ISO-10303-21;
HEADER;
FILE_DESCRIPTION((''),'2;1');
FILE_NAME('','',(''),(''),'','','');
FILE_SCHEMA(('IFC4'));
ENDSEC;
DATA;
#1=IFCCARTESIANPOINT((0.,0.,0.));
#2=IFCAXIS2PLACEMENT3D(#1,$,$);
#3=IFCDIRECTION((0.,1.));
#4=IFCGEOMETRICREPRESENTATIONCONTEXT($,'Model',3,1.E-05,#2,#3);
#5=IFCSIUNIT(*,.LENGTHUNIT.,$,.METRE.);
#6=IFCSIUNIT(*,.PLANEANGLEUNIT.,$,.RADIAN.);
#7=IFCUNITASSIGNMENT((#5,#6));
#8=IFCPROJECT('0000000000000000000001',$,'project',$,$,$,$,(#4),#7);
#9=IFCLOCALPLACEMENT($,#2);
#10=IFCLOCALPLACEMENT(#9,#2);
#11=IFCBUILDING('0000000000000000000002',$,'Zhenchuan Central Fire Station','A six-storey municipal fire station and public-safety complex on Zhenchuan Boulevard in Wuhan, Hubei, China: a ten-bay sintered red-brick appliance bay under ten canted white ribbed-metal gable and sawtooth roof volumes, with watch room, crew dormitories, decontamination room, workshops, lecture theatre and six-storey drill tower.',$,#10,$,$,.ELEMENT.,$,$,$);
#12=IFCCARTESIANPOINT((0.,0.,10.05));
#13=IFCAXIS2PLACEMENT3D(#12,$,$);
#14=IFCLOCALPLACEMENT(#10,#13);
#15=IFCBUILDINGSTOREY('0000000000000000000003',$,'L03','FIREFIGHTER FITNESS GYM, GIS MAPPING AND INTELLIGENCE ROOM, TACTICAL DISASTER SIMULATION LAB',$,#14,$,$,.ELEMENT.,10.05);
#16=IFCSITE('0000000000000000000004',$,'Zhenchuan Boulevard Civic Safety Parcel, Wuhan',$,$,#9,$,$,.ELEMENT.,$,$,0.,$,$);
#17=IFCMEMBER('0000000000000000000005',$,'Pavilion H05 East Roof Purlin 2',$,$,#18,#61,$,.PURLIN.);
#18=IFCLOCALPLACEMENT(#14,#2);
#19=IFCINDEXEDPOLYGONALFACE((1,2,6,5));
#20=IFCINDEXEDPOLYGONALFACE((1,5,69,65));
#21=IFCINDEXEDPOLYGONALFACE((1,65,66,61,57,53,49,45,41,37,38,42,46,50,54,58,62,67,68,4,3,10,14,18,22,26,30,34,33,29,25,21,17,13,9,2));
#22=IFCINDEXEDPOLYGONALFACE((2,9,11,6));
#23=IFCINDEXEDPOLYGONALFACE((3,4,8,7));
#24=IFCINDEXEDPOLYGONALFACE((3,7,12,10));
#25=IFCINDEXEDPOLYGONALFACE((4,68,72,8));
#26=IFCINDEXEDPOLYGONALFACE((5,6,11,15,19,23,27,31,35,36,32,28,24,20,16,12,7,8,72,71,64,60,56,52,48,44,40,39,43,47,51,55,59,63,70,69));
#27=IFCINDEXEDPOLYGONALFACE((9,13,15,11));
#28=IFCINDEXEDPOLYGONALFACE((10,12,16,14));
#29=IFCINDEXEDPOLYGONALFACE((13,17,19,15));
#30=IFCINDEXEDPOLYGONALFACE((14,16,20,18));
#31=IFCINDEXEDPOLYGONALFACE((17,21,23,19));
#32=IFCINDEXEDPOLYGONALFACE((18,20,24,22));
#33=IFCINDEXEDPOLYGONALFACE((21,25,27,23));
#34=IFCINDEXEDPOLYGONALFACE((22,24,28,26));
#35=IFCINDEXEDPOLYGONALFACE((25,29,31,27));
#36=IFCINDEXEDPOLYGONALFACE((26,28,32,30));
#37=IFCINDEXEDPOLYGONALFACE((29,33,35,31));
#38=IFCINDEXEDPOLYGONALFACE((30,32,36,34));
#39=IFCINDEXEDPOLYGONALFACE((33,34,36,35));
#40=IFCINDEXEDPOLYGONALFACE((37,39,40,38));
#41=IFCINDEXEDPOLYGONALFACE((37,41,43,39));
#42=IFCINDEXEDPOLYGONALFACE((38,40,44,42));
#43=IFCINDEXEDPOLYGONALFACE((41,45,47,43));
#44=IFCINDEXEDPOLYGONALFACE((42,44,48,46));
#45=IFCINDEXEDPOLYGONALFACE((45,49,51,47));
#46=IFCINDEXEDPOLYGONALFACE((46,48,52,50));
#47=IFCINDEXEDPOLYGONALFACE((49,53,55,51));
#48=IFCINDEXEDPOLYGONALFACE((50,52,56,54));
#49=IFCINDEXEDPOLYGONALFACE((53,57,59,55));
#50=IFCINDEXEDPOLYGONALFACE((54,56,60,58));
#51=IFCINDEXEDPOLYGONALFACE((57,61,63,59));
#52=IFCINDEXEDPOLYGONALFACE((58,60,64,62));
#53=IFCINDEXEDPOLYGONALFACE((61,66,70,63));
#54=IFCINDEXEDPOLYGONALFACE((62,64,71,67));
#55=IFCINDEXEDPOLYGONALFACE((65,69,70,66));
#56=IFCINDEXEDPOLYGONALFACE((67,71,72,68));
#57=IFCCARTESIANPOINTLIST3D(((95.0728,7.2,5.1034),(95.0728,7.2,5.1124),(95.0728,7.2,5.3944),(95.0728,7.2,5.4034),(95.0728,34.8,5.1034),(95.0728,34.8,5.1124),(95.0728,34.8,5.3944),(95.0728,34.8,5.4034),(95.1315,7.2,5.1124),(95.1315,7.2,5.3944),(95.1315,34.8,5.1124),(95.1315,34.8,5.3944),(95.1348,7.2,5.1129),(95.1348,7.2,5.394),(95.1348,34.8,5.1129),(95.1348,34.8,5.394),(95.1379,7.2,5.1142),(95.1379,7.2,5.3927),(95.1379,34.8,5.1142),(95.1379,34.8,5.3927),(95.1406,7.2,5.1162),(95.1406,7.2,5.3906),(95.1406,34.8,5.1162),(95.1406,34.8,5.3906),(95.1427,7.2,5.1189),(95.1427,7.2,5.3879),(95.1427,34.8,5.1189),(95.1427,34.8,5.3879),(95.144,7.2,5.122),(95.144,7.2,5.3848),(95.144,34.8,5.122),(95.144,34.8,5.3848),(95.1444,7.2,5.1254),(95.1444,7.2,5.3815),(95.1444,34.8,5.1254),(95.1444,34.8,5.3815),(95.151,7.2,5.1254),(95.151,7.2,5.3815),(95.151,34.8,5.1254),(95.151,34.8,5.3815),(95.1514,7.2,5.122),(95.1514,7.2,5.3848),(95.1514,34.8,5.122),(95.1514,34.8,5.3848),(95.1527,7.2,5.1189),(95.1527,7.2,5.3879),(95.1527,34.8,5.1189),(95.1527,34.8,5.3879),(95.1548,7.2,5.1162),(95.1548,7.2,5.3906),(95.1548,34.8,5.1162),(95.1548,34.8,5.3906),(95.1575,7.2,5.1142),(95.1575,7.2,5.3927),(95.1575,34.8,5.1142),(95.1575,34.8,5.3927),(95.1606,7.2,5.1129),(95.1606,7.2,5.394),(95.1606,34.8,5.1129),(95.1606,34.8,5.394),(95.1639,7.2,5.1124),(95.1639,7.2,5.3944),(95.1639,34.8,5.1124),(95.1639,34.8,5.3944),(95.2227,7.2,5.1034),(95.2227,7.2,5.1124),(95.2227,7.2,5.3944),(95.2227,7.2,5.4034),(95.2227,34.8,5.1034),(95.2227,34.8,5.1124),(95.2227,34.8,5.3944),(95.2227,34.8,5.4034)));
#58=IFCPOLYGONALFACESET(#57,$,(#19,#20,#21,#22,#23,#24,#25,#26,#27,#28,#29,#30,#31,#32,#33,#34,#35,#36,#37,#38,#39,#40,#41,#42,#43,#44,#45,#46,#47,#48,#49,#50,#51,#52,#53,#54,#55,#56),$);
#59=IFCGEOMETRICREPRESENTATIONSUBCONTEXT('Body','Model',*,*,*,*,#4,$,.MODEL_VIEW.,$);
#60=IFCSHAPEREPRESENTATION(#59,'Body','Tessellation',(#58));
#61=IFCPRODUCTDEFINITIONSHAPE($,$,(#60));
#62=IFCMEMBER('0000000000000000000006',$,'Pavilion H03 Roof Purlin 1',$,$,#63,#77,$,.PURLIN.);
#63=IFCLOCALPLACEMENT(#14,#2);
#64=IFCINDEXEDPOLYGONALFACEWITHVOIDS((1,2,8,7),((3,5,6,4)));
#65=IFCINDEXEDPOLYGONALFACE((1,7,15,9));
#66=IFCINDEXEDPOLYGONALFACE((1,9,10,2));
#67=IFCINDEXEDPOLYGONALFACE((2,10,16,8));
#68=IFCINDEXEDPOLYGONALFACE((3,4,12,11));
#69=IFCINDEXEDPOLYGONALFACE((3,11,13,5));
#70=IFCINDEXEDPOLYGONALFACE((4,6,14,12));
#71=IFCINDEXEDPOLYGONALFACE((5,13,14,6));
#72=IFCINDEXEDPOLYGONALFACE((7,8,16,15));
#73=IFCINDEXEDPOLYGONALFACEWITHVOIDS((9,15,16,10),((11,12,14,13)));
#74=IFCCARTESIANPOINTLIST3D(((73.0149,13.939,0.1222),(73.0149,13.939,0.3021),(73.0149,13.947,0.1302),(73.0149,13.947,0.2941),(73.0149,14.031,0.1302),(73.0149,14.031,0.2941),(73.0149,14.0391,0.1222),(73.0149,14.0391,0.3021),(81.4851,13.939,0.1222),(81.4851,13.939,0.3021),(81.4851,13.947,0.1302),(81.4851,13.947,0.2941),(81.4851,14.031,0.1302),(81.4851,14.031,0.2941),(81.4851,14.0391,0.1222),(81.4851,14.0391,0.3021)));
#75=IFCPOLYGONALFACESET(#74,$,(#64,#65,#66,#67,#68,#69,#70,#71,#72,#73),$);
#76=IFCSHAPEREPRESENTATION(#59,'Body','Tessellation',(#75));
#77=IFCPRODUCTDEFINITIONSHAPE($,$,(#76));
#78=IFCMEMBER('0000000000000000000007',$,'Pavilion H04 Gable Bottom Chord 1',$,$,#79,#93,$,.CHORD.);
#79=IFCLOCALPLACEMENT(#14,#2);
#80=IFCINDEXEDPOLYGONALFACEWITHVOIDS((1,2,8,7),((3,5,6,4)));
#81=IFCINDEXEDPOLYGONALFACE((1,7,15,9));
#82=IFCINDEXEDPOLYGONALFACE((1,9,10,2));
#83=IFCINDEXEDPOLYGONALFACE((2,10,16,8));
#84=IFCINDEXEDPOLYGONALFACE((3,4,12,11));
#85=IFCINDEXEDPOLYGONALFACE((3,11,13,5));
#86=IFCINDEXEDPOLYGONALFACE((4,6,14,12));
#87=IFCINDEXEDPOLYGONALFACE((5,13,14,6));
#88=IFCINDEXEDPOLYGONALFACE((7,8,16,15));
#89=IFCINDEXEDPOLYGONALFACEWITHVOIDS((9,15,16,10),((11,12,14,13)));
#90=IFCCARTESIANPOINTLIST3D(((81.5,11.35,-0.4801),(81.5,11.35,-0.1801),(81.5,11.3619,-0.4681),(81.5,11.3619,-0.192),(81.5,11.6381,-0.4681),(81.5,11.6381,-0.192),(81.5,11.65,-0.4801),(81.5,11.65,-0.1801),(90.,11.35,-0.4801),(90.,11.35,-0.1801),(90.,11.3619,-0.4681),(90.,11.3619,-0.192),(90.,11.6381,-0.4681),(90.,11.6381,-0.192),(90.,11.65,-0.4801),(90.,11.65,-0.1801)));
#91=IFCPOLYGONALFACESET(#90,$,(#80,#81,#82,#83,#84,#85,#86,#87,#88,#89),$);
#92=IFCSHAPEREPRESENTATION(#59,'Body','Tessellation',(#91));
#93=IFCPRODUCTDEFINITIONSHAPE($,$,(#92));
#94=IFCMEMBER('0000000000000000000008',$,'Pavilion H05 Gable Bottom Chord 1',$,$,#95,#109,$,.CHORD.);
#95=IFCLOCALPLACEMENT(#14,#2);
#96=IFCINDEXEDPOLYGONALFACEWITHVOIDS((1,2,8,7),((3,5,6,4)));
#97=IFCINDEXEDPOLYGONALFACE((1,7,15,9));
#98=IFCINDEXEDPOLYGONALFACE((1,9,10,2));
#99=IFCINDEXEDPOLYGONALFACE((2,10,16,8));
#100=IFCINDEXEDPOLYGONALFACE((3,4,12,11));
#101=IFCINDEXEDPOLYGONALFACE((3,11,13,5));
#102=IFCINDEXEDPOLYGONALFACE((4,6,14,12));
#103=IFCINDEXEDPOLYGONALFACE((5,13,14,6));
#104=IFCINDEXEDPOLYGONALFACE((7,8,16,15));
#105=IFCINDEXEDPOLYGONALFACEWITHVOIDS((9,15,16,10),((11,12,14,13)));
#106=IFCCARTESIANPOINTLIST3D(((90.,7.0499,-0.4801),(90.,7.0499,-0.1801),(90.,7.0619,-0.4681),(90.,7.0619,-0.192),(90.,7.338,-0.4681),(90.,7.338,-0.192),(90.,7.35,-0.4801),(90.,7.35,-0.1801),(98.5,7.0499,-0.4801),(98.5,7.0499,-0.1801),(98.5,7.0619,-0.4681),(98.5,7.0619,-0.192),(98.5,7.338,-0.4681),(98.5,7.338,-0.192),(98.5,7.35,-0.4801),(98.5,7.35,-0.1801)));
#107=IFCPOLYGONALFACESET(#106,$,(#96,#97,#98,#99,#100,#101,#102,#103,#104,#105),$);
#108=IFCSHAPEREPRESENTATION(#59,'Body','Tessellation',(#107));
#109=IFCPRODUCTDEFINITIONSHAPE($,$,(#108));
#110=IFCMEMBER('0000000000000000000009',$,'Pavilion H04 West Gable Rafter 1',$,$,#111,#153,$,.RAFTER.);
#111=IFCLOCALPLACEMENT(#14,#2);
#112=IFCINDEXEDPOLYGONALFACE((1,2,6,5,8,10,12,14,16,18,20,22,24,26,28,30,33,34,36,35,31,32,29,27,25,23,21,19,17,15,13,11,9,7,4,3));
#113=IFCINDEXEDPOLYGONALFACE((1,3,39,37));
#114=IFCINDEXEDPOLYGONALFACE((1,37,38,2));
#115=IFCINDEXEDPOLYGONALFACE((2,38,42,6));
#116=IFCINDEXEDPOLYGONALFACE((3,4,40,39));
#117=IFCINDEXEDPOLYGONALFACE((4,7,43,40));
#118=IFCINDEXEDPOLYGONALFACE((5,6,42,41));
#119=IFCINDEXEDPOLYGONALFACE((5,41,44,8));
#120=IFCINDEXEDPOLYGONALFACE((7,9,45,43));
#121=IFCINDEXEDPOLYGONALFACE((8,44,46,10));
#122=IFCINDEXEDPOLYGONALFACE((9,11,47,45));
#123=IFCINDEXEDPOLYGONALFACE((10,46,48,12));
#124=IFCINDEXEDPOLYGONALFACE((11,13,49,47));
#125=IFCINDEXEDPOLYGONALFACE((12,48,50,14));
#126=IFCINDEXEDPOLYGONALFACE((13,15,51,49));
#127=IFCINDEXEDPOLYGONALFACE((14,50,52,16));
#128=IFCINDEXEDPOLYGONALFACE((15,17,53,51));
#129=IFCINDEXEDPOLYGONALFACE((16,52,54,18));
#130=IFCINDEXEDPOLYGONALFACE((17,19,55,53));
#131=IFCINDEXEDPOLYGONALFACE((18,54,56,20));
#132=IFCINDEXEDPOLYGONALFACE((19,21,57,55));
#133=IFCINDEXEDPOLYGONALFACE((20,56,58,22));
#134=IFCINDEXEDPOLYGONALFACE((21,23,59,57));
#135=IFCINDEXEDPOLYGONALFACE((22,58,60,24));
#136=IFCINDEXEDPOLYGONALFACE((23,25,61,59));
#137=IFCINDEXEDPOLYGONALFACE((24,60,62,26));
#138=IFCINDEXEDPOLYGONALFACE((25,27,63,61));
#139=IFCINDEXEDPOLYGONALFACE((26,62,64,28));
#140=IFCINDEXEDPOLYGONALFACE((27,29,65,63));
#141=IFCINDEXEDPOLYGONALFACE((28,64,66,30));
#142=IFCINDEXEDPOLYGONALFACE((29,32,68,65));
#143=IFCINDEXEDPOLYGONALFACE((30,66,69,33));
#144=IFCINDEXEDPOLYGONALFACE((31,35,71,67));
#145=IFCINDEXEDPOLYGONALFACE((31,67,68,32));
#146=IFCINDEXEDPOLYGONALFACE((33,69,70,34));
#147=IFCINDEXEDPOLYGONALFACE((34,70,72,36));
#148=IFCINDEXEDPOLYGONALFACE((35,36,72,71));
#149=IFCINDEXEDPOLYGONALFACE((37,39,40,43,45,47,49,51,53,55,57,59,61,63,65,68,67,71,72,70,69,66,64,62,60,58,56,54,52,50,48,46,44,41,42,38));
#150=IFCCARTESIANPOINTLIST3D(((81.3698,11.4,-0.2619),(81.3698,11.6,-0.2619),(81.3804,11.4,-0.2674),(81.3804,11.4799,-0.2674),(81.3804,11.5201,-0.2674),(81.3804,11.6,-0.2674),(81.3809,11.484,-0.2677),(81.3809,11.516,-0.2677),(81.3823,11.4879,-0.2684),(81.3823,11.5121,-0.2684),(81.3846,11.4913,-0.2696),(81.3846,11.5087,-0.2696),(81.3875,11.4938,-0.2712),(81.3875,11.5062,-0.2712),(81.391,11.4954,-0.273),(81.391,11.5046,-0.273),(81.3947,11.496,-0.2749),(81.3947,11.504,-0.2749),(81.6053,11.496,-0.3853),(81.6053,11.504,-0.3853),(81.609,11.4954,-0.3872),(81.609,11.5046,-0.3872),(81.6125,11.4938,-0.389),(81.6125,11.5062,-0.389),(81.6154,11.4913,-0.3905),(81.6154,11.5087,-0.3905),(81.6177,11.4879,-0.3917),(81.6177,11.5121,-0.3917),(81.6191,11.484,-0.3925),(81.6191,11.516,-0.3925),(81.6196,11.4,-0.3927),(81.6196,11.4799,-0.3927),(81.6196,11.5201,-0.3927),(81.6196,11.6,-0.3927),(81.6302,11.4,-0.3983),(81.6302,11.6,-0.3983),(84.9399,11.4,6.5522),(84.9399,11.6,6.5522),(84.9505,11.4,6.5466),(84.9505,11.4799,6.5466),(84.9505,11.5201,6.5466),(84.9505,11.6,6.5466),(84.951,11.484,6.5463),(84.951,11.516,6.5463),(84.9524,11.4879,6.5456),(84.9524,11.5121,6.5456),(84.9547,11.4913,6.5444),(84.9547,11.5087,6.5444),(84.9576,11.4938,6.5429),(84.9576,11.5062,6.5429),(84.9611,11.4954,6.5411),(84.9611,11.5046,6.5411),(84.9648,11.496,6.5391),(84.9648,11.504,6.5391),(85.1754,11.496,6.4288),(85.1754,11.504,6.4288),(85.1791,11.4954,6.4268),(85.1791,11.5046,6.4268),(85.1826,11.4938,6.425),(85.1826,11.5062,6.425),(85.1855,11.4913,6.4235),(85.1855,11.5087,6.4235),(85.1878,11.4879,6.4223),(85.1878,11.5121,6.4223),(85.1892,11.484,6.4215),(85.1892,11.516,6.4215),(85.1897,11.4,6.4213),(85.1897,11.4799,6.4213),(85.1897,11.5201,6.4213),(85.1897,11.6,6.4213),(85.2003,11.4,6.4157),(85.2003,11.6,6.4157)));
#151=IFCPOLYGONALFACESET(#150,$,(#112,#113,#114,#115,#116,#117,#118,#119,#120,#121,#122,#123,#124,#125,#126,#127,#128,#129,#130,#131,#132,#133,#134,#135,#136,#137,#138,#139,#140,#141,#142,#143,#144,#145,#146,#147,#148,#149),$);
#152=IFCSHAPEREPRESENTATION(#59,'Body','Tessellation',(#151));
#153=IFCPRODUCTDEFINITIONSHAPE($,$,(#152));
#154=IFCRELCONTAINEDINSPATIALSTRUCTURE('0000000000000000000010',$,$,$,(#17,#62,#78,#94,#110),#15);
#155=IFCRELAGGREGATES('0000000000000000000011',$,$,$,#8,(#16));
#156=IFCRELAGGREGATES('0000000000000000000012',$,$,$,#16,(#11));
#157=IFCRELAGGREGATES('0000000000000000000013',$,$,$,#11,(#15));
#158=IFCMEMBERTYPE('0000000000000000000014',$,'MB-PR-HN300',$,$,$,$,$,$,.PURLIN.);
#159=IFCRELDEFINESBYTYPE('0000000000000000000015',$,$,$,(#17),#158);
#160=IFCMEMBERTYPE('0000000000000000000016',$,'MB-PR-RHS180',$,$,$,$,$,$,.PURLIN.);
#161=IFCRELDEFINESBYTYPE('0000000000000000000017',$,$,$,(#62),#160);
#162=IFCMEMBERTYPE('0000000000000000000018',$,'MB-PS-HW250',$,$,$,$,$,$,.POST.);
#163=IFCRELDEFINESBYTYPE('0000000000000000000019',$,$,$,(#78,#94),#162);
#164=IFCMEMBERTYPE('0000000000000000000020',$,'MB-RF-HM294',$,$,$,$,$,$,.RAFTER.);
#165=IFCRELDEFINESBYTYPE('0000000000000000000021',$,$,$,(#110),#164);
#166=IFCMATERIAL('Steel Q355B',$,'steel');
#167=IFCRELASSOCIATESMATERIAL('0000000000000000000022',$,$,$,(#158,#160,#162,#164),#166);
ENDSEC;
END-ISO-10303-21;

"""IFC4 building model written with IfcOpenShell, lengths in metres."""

from ifc_helpers import new_model, si_unit, direction, frame, origin, origin_2d, place, context, subcontext, project, spatial, hollow_rectangle, i_section, extrude, material, material_profile, profile_set, type_object, element, save


model = new_model("IFC4")

# Units and contexts
model_context = context("Model", 3, precision=1e-05, world=origin(), true_north=direction((0.0, 1.0)))
body_context = subcontext(model_context, "Body", "Model", "MODEL_VIEW")
ifc_project = project(units=[si_unit("LENGTHUNIT", "METRE"), si_unit("PLANEANGLEUNIT", "RADIAN")], contexts=[model_context])

# Site, building, storey
site_placement = place(None, origin())
site = spatial("IfcSite", under=ifc_project, at=site_placement, Name="Zhenchuan Boulevard Civic Safety Parcel, Wuhan", CompositionType="ELEMENT", RefElevation=0.0)
building_placement = place(site_placement, origin())
building = spatial("IfcBuilding", under=site, at=building_placement, Name="Zhenchuan Central Fire Station", Description="A six-storey municipal fire station and public-safety complex on Zhenchuan Boulevard in Wuhan, Hubei, China: a ten-bay sintered red-brick appliance bay under ten canted white ribbed-metal gable and sawtooth roof volumes, with watch room, crew dormitories, decontamination room, workshops, lecture theatre and six-storey drill tower.", CompositionType="ELEMENT")
storey_placement = place(building_placement, frame((0.0, 0.0, 10.05)))
storey = spatial("IfcBuildingStorey", under=building, at=storey_placement, Name="L03", Description="FIREFIGHTER FITNESS GYM, GIS MAPPING AND INTELLIGENCE ROOM, TACTICAL DISASTER SIMULATION LAB", CompositionType="ELEMENT", Elevation=10.05)

# Members
ifc_material_1 = material(Name="Steel Q355B", Category="steel")
ifc_material_profile_1 = material_profile(ifc_material_1, i_section(OverallWidth=0.1499, OverallDepth=0.3, WebThickness=0.0066, FlangeThickness=0.009, FilletRadius=0.0129, at=origin_2d()), Name="HN 300x150")
ifc_profile_set_1 = profile_set([ifc_material_profile_1], Name="Steel Q355B")
member_type_1 = type_object("IfcMemberType", Name="MB-PR-HN300", PredefinedType="PURLIN", material=ifc_profile_set_1)
for number, where, z_axis, x_axis, name in (
    (1, (95.1477, 7.2, 5.2534), (0.0, 1.0, 0.0), (-1.0, 0.0, 0.0), "Pavilion H05 East Roof Purlin 2"),
):
    element("IfcMember", number, at=place(storey_placement, frame(where, z_axis=z_axis, x_axis=x_axis)), inside=storey, type_object=member_type_1, Name=name, PredefinedType="PURLIN", context=body_context, shape_type="SweptSolid", body=[
        extrude(i_section(OverallWidth=0.1499, OverallDepth=0.3, WebThickness=0.0066, FlangeThickness=0.009, FilletRadius=0.0129, at=origin_2d()), origin(), (0.0, 0.0, 1.0), 27.6001),
    ])
ifc_material_profile_2 = material_profile(ifc_material_1, hollow_rectangle(XDim=0.1001, YDim=0.1799, WallThickness=0.0081, at=origin_2d()), Name="RHS 180x100x8")
ifc_profile_set_2 = profile_set([ifc_material_profile_2], Name="Steel Q355B")
member_type_2 = type_object("IfcMemberType", Name="MB-PR-RHS180", PredefinedType="PURLIN", material=ifc_profile_set_2)
member_1_placement = place(storey_placement, frame((73.0149, 13.989, 0.2122), z_axis=(1.0, 0.0, 0.0), x_axis=(0.0, 1.0, 0.0)))
element("IfcMember", 2, at=member_1_placement, inside=storey, type_object=member_type_2, Name="Pavilion H03 Roof Purlin 1", PredefinedType="PURLIN", context=body_context, shape_type="SweptSolid", body=[
    extrude(hollow_rectangle(XDim=0.1001, YDim=0.1799, WallThickness=0.0081, at=origin_2d()), origin(), (0.0, 0.0, 1.0), 8.4702),
])
ifc_material_profile_3 = material_profile(ifc_material_1, hollow_rectangle(XDim=0.3, YDim=0.3, WallThickness=0.012, at=origin_2d()), Name="SHS 300x300x12")
ifc_profile_set_3 = profile_set([ifc_material_profile_3], Name="Steel Q355B")
member_type_3 = type_object("IfcMemberType", Name="MB-PS-HW250", PredefinedType="POST", material=ifc_profile_set_3)
for number, where, z_axis, x_axis, name in (
    (3, (81.5, 11.5, -0.3301), (1.0, 0.0, 0.0), (0.0, 1.0, 0.0), "Pavilion H04 Gable Bottom Chord 1"),
    (4, (90.0, 7.2, -0.3301), (1.0, 0.0, 0.0), (0.0, 1.0, 0.0), "Pavilion H05 Gable Bottom Chord 1"),
):
    element("IfcMember", number, at=place(storey_placement, frame(where, z_axis=z_axis, x_axis=x_axis)), inside=storey, type_object=member_type_3, Name=name, PredefinedType="CHORD", context=body_context, shape_type="SweptSolid", body=[
        extrude(hollow_rectangle(XDim=0.3, YDim=0.3, WallThickness=0.012, at=origin_2d()), origin(), (0.0, 0.0, 1.0), 8.5),
    ])
ifc_material_profile_4 = material_profile(ifc_material_1, i_section(OverallWidth=0.2, OverallDepth=0.2939, WebThickness=0.0081, FlangeThickness=0.012, FilletRadius=0.0161, at=origin_2d()), Name="HM 294x200")
ifc_profile_set_4 = profile_set([ifc_material_profile_4], Name="Steel Q355B")
member_type_4 = type_object("IfcMemberType", Name="MB-RF-HM294", PredefinedType="RAFTER", material=ifc_profile_set_4)
member_2_placement = place(storey_placement, frame((81.5, 11.5, -0.3301), z_axis=(0.464094, 0.0, 0.885786), x_axis=(0.0, 1.0, 0.0)))
element("IfcMember", 5, at=member_2_placement, inside=storey, type_object=member_type_4, Name="Pavilion H04 West Gable Rafter 1", PredefinedType="RAFTER", context=body_context, shape_type="SweptSolid", body=[
    extrude(i_section(OverallWidth=0.2, OverallDepth=0.2939, WebThickness=0.0081, FlangeThickness=0.012, FilletRadius=0.0161, at=origin_2d()), origin(), (0.0, 0.0, 1.0), 7.6926),
])

save(model, "model.ifc")
